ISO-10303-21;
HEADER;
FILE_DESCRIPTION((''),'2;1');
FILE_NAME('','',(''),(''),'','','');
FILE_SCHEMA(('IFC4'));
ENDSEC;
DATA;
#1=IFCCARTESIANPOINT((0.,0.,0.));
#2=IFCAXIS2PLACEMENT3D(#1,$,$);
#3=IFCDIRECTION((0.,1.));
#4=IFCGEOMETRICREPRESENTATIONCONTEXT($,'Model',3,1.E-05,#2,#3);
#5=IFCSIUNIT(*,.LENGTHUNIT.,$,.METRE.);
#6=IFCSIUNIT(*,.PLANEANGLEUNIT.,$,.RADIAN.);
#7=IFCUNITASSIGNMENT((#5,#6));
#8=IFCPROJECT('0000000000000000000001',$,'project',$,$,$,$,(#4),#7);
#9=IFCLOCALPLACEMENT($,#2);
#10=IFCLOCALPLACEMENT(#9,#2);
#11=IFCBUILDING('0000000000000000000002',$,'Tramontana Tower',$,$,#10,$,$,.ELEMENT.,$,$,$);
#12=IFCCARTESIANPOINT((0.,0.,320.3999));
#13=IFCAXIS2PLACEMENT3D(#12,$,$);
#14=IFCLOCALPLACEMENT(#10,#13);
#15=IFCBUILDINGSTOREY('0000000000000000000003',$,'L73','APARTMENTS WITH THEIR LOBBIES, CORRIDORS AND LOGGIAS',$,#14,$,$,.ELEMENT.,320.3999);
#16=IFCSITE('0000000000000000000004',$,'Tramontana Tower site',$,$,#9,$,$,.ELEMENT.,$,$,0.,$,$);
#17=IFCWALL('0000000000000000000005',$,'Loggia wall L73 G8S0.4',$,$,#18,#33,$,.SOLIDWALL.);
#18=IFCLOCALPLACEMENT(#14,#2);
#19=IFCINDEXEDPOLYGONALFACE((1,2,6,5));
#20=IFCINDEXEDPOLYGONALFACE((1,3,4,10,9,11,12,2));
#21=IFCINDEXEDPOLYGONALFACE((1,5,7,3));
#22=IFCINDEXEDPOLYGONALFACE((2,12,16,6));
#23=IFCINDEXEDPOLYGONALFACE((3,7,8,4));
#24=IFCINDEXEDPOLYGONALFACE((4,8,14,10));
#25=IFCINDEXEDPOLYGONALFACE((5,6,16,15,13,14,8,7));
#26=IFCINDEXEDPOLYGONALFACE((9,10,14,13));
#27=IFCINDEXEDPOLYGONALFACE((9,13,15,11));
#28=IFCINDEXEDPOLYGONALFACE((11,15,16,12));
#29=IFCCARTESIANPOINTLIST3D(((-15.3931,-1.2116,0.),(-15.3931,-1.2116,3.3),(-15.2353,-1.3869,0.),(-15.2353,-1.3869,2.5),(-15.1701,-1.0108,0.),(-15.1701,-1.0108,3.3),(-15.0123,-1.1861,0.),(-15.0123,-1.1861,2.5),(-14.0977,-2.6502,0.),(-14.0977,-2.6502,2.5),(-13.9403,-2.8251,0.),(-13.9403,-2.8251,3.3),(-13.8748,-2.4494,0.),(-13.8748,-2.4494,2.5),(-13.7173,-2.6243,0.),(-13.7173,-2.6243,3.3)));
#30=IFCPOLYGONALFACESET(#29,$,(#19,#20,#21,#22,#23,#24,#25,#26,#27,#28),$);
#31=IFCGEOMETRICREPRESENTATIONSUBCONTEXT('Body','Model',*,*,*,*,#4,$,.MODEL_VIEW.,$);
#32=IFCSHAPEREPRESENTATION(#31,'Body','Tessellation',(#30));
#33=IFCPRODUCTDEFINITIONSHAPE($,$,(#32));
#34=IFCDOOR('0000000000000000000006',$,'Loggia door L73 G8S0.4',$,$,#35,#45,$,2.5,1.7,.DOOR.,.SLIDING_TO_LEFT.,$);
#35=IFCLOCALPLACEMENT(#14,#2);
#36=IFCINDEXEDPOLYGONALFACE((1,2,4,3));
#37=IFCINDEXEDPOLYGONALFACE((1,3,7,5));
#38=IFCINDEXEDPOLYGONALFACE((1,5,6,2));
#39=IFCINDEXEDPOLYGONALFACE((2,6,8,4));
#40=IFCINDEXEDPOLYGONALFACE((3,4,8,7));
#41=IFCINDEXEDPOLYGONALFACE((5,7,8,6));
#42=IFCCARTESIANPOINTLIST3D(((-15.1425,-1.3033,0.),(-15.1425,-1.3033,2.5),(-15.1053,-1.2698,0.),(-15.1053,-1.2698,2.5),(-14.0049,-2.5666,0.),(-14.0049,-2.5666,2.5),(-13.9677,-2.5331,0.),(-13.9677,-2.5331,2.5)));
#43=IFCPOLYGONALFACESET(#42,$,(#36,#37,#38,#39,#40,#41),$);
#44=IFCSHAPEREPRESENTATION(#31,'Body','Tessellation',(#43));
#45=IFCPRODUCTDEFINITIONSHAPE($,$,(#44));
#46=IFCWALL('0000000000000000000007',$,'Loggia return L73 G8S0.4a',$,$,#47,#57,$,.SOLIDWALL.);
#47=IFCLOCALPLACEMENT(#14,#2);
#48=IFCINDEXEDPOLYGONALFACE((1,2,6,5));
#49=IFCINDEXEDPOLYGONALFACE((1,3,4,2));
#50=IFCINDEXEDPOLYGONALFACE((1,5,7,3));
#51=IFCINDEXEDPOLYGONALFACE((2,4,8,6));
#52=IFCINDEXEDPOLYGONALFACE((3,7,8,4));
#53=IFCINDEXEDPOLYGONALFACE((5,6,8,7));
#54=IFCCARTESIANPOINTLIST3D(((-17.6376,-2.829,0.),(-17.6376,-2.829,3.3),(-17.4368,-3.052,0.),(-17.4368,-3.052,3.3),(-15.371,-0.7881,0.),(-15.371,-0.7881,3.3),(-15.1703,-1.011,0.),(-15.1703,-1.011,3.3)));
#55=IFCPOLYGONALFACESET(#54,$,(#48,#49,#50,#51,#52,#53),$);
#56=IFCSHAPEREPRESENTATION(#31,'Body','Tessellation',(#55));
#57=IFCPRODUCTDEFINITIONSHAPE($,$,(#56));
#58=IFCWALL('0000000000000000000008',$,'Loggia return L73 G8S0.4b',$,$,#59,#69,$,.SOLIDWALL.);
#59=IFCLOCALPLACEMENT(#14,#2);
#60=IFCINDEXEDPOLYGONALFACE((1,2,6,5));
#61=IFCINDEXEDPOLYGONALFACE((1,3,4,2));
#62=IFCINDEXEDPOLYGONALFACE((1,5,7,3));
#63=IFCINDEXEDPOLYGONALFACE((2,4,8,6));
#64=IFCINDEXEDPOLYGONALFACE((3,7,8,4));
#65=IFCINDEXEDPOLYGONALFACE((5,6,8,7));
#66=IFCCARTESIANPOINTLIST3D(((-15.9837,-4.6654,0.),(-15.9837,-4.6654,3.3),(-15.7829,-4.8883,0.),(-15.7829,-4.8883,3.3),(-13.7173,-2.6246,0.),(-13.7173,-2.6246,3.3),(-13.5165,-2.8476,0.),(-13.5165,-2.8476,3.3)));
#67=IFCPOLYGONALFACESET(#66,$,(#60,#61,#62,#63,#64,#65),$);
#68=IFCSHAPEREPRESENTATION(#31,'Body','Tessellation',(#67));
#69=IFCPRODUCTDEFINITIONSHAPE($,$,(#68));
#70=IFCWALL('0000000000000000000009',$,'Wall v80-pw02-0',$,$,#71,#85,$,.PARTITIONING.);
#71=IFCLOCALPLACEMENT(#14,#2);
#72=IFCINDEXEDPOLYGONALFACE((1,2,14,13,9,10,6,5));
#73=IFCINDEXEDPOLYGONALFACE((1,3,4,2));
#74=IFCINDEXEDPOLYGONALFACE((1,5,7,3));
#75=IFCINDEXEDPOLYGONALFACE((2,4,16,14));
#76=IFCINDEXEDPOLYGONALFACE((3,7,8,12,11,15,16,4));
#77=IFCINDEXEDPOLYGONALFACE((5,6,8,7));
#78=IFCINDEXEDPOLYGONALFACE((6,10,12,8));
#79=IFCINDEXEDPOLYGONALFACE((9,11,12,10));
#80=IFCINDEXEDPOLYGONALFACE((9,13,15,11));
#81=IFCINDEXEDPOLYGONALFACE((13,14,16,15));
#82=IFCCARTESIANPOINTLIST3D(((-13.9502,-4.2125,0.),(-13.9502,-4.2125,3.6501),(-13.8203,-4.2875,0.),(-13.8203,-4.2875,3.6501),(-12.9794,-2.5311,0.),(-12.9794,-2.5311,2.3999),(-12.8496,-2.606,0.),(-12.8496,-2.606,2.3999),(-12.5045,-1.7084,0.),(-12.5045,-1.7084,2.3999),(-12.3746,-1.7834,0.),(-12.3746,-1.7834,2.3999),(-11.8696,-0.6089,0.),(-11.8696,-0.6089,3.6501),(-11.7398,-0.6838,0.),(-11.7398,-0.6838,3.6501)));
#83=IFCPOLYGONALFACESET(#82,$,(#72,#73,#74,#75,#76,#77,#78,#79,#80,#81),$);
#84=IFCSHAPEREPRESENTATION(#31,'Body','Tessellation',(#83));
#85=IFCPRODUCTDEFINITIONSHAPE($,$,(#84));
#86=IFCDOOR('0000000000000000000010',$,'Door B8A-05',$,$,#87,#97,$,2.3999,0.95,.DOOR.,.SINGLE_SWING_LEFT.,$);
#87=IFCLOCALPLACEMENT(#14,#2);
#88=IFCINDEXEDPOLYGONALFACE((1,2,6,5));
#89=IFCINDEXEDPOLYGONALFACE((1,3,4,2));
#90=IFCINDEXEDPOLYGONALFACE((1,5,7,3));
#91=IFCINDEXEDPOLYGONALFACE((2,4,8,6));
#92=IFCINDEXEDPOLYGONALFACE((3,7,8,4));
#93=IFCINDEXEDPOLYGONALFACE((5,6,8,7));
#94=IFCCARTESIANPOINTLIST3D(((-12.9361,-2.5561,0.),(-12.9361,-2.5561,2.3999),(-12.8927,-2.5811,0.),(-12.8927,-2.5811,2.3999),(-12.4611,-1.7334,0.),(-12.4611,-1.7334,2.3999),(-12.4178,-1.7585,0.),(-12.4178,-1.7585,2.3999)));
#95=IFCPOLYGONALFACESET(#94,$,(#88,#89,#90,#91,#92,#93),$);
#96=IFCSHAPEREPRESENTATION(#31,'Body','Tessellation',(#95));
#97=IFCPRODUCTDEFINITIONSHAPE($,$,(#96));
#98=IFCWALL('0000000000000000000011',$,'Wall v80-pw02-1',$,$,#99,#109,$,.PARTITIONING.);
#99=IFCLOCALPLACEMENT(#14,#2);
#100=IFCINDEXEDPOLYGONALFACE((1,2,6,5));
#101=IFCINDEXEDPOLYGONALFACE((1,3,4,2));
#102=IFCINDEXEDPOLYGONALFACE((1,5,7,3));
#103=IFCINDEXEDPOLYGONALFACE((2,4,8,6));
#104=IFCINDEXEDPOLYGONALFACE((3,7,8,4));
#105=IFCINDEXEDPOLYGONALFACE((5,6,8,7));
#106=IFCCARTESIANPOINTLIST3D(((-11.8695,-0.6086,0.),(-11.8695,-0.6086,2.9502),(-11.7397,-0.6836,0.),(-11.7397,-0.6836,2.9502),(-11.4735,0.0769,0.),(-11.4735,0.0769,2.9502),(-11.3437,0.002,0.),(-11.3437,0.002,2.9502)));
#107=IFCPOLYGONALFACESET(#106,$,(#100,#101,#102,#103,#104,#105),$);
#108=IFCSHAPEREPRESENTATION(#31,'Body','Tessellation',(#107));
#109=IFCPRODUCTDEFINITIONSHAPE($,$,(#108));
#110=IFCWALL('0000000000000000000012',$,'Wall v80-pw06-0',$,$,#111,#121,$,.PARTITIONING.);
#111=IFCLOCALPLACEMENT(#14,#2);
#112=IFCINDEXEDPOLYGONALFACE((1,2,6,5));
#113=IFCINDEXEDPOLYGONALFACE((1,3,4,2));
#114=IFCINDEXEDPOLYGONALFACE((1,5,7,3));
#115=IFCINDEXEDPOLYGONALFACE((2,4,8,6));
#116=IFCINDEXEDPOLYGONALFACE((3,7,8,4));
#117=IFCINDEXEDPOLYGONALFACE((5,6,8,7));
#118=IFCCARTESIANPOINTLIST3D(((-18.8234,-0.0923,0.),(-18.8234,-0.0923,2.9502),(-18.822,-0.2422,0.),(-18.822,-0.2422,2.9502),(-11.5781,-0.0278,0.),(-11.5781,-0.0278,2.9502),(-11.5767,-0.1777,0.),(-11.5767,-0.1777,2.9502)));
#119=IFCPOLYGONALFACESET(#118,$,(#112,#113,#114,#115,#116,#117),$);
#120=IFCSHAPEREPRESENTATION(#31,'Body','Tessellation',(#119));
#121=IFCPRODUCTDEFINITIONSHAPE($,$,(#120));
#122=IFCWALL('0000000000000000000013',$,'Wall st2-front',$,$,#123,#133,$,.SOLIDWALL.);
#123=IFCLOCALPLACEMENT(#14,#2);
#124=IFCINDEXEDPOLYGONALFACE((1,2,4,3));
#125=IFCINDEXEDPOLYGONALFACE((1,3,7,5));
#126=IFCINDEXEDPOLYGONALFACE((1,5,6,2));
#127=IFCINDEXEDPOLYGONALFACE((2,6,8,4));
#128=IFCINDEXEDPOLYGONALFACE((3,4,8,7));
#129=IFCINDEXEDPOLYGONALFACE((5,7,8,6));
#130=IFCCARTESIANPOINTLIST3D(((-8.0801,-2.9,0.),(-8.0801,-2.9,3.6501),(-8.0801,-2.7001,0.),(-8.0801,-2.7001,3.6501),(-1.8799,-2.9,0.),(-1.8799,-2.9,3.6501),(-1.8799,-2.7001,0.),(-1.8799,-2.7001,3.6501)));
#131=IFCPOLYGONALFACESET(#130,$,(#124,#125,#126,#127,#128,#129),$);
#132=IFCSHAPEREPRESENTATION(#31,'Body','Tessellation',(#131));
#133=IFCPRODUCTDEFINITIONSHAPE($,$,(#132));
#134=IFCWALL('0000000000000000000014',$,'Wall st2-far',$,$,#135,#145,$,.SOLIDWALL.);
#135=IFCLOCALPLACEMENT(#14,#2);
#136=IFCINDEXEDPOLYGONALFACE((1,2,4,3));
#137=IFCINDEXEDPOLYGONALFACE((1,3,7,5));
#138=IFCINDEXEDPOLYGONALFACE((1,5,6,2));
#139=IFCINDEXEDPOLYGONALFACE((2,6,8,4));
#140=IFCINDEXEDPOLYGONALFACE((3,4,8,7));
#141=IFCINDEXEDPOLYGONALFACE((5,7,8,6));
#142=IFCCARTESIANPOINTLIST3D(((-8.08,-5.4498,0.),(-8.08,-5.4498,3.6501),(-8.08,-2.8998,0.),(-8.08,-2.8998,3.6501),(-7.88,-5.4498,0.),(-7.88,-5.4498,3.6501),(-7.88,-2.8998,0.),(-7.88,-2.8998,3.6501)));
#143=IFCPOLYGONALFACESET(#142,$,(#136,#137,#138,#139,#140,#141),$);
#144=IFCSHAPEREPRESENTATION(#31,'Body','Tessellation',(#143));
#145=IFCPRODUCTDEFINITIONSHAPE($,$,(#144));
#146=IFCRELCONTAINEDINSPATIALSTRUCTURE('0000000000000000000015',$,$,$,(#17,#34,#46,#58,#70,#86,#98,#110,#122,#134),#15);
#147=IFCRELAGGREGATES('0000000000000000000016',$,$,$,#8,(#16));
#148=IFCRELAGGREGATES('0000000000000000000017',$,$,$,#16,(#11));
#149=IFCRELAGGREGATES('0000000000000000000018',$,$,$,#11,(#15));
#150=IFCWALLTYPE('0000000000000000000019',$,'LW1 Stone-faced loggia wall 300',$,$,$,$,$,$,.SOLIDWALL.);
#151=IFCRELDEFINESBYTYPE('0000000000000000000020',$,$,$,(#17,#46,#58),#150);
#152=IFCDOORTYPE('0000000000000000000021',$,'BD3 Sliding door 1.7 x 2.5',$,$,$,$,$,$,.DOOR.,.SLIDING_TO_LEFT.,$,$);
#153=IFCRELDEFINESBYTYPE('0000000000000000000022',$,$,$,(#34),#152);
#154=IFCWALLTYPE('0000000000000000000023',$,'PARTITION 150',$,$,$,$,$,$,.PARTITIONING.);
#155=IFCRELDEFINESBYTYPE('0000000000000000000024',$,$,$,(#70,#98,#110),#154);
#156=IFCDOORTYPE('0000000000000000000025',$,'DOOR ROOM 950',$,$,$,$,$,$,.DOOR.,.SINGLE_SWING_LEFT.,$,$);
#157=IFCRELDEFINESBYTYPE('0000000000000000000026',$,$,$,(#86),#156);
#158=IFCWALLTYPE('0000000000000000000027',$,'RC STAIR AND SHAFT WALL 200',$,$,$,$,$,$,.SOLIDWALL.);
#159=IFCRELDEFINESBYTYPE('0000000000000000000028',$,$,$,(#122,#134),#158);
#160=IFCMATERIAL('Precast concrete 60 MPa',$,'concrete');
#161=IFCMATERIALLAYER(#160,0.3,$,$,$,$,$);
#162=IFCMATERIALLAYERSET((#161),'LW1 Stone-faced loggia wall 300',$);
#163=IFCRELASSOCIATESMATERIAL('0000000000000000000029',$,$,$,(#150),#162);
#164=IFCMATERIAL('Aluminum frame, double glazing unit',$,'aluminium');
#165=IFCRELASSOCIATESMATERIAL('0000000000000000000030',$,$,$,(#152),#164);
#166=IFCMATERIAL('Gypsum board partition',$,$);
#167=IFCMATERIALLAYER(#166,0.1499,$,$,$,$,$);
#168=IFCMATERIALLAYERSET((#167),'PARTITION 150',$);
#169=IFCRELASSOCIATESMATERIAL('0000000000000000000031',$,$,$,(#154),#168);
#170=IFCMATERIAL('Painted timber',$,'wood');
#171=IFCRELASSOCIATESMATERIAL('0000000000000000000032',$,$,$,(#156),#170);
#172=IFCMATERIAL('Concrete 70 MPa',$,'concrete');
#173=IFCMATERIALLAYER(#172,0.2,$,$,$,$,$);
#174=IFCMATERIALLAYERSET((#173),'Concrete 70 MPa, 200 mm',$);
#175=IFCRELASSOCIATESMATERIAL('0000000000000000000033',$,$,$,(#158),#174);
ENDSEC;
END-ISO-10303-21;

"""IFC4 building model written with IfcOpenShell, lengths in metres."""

from ifc_helpers import new_model, si_unit, direction, frame, frame_2d, origin, place, context, subcontext, project, spatial, rectangle, extrude, material, layer, layer_set, type_object, element, fill, save


model = new_model("IFC4")

# Units and contexts
model_context = context("Model", 3, precision=1e-05, world=origin(), true_north=direction((0.0, 1.0)))
body_context = subcontext(model_context, "Body", "Model", "MODEL_VIEW")
ifc_project = project(units=[si_unit("LENGTHUNIT", "METRE"), si_unit("PLANEANGLEUNIT", "RADIAN")], contexts=[model_context])

# Site, building, storey
site_placement = place(None, origin())
site = spatial("IfcSite", under=ifc_project, at=site_placement, Name="Tramontana Tower site", CompositionType="ELEMENT", RefElevation=0.0)
building_placement = place(site_placement, origin())
building = spatial("IfcBuilding", under=site, at=building_placement, Name="Tramontana Tower", CompositionType="ELEMENT")
storey_placement = place(building_placement, frame((0.0, 0.0, 320.3999)))
storey = spatial("IfcBuildingStorey", under=building, at=storey_placement, Name="L73", Description="APARTMENTS WITH THEIR LOBBIES, CORRIDORS AND LOGGIAS", CompositionType="ELEMENT", Elevation=320.3999)

# Wall, opening, door
ifc_material_1 = material(Name="Precast concrete 60 MPa", Category="concrete")
ifc_layer_1 = layer(ifc_material_1, 0.3)
ifc_layer_set_1 = layer_set([ifc_layer_1], Name="LW1 Stone-faced loggia wall 300")
wall_type_1 = type_object("IfcWallType", Name="LW1 Stone-faced loggia wall 300", PredefinedType="SOLIDWALL", material=ifc_layer_set_1)
wall_1_placement = place(storey_placement, frame((-15.2815, -1.1113, 0.0), z_axis=(0.0, 0.0, 1.0), x_axis=(0.669145, -0.743132, 0.0)))
wall_1 = element("IfcWall", 1, at=wall_1_placement, inside=storey, type_object=wall_type_1, Name="Loggia wall L73 G8S0.4", PredefinedType="SOLIDWALL", context=body_context, shape_type="SweptSolid", body=[
    extrude(rectangle(XDim=2.1711, YDim=0.3, at=frame_2d((1.0854, 0.0))), origin(), (0.0, 0.0, 1.0), 3.3),
])
opening_1_placement = place(wall_1_placement, frame((0.2356, 0.0, 0.0)))
opening_1 = element("IfcOpeningElement", 2, at=opening_1_placement, cuts=wall_1, PredefinedType="OPENING", context=body_context, shape_type="SweptSolid", body=[
    extrude(rectangle(XDim=1.7, YDim=2.5, at=frame_2d((0.8501, 1.25))), frame((0.0, 0.1599, 0.0), z_axis=(0.0, -1.0, 0.0), x_axis=(1.0, 0.0, 0.0)), (0.0, 0.0, 1.0), 0.3201),
])
ifc_material_2 = material(Name="Aluminum frame, double glazing unit", Category="aluminium")
door_type_1 = type_object("IfcDoorType", Name="BD3 Sliding door 1.7 x 2.5", OperationType="SLIDING_TO_LEFT", PredefinedType="DOOR", material=ifc_material_2)
door_1_placement = place(opening_1_placement, origin())
door_1 = element("IfcDoor", 3, at=door_1_placement, inside=storey, type_object=door_type_1, Name="Loggia door L73 G8S0.4", OperationType="SLIDING_TO_LEFT", OverallHeight=2.5, OverallWidth=1.7, PredefinedType="DOOR", context=body_context, shape_type="SweptSolid", body=[
    extrude(rectangle(XDim=1.7, YDim=2.5, at=frame_2d((0.8501, 1.25))), frame((0.0, 0.0249, 0.0), z_axis=(0.0, -1.0, 0.0), x_axis=(1.0, 0.0, 0.0)), (0.0, 0.0, 1.0), 0.05),
])
fill(opening_1, door_1)

# Walls
wall_2_placement = place(storey_placement, frame((-17.5371, -2.9404, 0.0), z_axis=(0.0, 0.0, 1.0), x_axis=(0.743119, 0.669159, 0.0)))
element("IfcWall", 4, at=wall_2_placement, inside=storey, type_object=wall_type_1, Name="Loggia return L73 G8S0.4a", PredefinedType="SOLIDWALL", context=body_context, shape_type="SweptSolid", body=[
    extrude(rectangle(XDim=3.05, YDim=0.3, at=frame_2d((1.5249, 0.0))), origin(), (0.0, 0.0, 1.0), 3.3),
])
wall_3_placement = place(storey_placement, frame((-15.8833, -4.7769, 0.0), z_axis=(0.0, 0.0, 1.0), x_axis=(0.743123, 0.669155, 0.0)))
element("IfcWall", 5, at=wall_3_placement, inside=storey, type_object=wall_type_1, Name="Loggia return L73 G8S0.4b", PredefinedType="SOLIDWALL", context=body_context, shape_type="SweptSolid", body=[
    extrude(rectangle(XDim=3.0498, YDim=0.3, at=frame_2d((1.5249, 0.0))), origin(), (0.0, 0.0, 1.0), 3.3),
])

# Wall, opening, door
ifc_material_3 = material(Name="Gypsum board partition")
ifc_layer_2 = layer(ifc_material_3, 0.1499)
ifc_layer_set_2 = layer_set([ifc_layer_2], Name="PARTITION 150")
wall_type_2 = type_object("IfcWallType", Name="PARTITION 150", PredefinedType="PARTITIONING", material=ifc_layer_set_2)
wall_4_placement = place(storey_placement, frame((-13.8853, -4.25, 0.0), z_axis=(0.0, 0.0, 1.0), x_axis=(0.499988, 0.866032, 0.0)))
wall_4 = element("IfcWall", 6, at=wall_4_placement, inside=storey, type_object=wall_type_2, Name="Wall v80-pw02-0", PredefinedType="PARTITIONING", context=body_context, shape_type="SweptSolid", body=[
    extrude(rectangle(XDim=4.1611, YDim=0.1499, at=frame_2d((2.0806, 0.0))), origin(), (0.0, 0.0, 1.0), 3.6501),
])
opening_2_placement = place(wall_4_placement, frame((1.9414, 0.0, 0.0)))
opening_2 = element("IfcOpeningElement", 7, at=opening_2_placement, cuts=wall_4, PredefinedType="OPENING", context=body_context, shape_type="SweptSolid", body=[
    extrude(rectangle(XDim=0.95, YDim=2.3999, at=frame_2d((0.4751, 1.2))), frame((0.0, 0.085, 0.0), z_axis=(0.0, -1.0, 0.0), x_axis=(1.0, 0.0, 0.0)), (0.0, 0.0, 1.0), 0.1699),
])
ifc_material_4 = material(Name="Painted timber", Category="wood")
door_type_2 = type_object("IfcDoorType", Name="DOOR ROOM 950", OperationType="SINGLE_SWING_LEFT", PredefinedType="DOOR", material=ifc_material_4)
door_2_placement = place(opening_2_placement, origin())
door_2 = element("IfcDoor", 8, at=door_2_placement, inside=storey, type_object=door_type_2, Name="Door B8A-05", OperationType="SINGLE_SWING_LEFT", OverallHeight=2.3999, OverallWidth=0.95, PredefinedType="DOOR", context=body_context, shape_type="SweptSolid", body=[
    extrude(rectangle(XDim=0.95, YDim=2.3999, at=frame_2d((0.4751, 1.2))), frame((0.0, 0.0249, 0.0), z_axis=(0.0, -1.0, 0.0), x_axis=(1.0, 0.0, 0.0)), (0.0, 0.0, 1.0), 0.05),
])
fill(opening_2, door_2)

# Walls
wall_5_placement = place(storey_placement, frame((-11.8047, -0.6462, 0.0), z_axis=(0.0, 0.0, 1.0), x_axis=(0.500185, 0.865919, 0.0)))
element("IfcWall", 9, at=wall_5_placement, inside=storey, type_object=wall_type_2, Name="Wall v80-pw02-1", PredefinedType="PARTITIONING", context=body_context, shape_type="SweptSolid", body=[
    extrude(rectangle(XDim=0.7917, YDim=0.1499, at=frame_2d((0.396, 0.0))), origin(), (0.0, 0.0, 1.0), 2.9502),
])
wall_6_placement = place(storey_placement, frame((-11.5774, -0.1028, 0.0), z_axis=(0.0, 0.0, 1.0), x_axis=(-0.99996, -0.008895, 0.0)))
element("IfcWall", 10, at=wall_6_placement, inside=storey, type_object=wall_type_2, Name="Wall v80-pw06-0", PredefinedType="PARTITIONING", context=body_context, shape_type="SweptSolid", body=[
    extrude(rectangle(XDim=7.2456, YDim=0.1499, at=frame_2d((3.6228, 0.0))), origin(), (0.0, 0.0, 1.0), 2.9502),
])
ifc_material_5 = material(Name="Concrete 70 MPa", Category="concrete")
ifc_layer_3 = layer(ifc_material_5, 0.2)
ifc_layer_set_3 = layer_set([ifc_layer_3], Name="Concrete 70 MPa, 200 mm")
wall_type_3 = type_object("IfcWallType", Name="RC STAIR AND SHAFT WALL 200", PredefinedType="SOLIDWALL", material=ifc_layer_set_3)
wall_7_placement = place(storey_placement, frame((-8.0801, -2.8, 0.0), z_axis=(0.0, 0.0, 1.0), x_axis=(1.0, 0.0, 0.0)))
element("IfcWall", 11, at=wall_7_placement, inside=storey, type_object=wall_type_3, Name="Wall st2-front", PredefinedType="SOLIDWALL", context=body_context, shape_type="SweptSolid", body=[
    extrude(rectangle(XDim=6.2002, YDim=0.2, at=frame_2d((3.1001, 0.0))), origin(), (0.0, 0.0, 1.0), 3.6501),
])
wall_8_placement = place(storey_placement, frame((-7.98, -2.8999, 0.0), z_axis=(0.0, 0.0, 1.0), x_axis=(0.0, -1.0, 0.0)))
element("IfcWall", 12, at=wall_8_placement, inside=storey, type_object=wall_type_3, Name="Wall st2-far", PredefinedType="SOLIDWALL", context=body_context, shape_type="SweptSolid", body=[
    extrude(rectangle(XDim=2.55, YDim=0.2, at=frame_2d((1.2749, 0.0))), origin(), (0.0, 0.0, 1.0), 3.6501),
])

save(model, "model.ifc")
